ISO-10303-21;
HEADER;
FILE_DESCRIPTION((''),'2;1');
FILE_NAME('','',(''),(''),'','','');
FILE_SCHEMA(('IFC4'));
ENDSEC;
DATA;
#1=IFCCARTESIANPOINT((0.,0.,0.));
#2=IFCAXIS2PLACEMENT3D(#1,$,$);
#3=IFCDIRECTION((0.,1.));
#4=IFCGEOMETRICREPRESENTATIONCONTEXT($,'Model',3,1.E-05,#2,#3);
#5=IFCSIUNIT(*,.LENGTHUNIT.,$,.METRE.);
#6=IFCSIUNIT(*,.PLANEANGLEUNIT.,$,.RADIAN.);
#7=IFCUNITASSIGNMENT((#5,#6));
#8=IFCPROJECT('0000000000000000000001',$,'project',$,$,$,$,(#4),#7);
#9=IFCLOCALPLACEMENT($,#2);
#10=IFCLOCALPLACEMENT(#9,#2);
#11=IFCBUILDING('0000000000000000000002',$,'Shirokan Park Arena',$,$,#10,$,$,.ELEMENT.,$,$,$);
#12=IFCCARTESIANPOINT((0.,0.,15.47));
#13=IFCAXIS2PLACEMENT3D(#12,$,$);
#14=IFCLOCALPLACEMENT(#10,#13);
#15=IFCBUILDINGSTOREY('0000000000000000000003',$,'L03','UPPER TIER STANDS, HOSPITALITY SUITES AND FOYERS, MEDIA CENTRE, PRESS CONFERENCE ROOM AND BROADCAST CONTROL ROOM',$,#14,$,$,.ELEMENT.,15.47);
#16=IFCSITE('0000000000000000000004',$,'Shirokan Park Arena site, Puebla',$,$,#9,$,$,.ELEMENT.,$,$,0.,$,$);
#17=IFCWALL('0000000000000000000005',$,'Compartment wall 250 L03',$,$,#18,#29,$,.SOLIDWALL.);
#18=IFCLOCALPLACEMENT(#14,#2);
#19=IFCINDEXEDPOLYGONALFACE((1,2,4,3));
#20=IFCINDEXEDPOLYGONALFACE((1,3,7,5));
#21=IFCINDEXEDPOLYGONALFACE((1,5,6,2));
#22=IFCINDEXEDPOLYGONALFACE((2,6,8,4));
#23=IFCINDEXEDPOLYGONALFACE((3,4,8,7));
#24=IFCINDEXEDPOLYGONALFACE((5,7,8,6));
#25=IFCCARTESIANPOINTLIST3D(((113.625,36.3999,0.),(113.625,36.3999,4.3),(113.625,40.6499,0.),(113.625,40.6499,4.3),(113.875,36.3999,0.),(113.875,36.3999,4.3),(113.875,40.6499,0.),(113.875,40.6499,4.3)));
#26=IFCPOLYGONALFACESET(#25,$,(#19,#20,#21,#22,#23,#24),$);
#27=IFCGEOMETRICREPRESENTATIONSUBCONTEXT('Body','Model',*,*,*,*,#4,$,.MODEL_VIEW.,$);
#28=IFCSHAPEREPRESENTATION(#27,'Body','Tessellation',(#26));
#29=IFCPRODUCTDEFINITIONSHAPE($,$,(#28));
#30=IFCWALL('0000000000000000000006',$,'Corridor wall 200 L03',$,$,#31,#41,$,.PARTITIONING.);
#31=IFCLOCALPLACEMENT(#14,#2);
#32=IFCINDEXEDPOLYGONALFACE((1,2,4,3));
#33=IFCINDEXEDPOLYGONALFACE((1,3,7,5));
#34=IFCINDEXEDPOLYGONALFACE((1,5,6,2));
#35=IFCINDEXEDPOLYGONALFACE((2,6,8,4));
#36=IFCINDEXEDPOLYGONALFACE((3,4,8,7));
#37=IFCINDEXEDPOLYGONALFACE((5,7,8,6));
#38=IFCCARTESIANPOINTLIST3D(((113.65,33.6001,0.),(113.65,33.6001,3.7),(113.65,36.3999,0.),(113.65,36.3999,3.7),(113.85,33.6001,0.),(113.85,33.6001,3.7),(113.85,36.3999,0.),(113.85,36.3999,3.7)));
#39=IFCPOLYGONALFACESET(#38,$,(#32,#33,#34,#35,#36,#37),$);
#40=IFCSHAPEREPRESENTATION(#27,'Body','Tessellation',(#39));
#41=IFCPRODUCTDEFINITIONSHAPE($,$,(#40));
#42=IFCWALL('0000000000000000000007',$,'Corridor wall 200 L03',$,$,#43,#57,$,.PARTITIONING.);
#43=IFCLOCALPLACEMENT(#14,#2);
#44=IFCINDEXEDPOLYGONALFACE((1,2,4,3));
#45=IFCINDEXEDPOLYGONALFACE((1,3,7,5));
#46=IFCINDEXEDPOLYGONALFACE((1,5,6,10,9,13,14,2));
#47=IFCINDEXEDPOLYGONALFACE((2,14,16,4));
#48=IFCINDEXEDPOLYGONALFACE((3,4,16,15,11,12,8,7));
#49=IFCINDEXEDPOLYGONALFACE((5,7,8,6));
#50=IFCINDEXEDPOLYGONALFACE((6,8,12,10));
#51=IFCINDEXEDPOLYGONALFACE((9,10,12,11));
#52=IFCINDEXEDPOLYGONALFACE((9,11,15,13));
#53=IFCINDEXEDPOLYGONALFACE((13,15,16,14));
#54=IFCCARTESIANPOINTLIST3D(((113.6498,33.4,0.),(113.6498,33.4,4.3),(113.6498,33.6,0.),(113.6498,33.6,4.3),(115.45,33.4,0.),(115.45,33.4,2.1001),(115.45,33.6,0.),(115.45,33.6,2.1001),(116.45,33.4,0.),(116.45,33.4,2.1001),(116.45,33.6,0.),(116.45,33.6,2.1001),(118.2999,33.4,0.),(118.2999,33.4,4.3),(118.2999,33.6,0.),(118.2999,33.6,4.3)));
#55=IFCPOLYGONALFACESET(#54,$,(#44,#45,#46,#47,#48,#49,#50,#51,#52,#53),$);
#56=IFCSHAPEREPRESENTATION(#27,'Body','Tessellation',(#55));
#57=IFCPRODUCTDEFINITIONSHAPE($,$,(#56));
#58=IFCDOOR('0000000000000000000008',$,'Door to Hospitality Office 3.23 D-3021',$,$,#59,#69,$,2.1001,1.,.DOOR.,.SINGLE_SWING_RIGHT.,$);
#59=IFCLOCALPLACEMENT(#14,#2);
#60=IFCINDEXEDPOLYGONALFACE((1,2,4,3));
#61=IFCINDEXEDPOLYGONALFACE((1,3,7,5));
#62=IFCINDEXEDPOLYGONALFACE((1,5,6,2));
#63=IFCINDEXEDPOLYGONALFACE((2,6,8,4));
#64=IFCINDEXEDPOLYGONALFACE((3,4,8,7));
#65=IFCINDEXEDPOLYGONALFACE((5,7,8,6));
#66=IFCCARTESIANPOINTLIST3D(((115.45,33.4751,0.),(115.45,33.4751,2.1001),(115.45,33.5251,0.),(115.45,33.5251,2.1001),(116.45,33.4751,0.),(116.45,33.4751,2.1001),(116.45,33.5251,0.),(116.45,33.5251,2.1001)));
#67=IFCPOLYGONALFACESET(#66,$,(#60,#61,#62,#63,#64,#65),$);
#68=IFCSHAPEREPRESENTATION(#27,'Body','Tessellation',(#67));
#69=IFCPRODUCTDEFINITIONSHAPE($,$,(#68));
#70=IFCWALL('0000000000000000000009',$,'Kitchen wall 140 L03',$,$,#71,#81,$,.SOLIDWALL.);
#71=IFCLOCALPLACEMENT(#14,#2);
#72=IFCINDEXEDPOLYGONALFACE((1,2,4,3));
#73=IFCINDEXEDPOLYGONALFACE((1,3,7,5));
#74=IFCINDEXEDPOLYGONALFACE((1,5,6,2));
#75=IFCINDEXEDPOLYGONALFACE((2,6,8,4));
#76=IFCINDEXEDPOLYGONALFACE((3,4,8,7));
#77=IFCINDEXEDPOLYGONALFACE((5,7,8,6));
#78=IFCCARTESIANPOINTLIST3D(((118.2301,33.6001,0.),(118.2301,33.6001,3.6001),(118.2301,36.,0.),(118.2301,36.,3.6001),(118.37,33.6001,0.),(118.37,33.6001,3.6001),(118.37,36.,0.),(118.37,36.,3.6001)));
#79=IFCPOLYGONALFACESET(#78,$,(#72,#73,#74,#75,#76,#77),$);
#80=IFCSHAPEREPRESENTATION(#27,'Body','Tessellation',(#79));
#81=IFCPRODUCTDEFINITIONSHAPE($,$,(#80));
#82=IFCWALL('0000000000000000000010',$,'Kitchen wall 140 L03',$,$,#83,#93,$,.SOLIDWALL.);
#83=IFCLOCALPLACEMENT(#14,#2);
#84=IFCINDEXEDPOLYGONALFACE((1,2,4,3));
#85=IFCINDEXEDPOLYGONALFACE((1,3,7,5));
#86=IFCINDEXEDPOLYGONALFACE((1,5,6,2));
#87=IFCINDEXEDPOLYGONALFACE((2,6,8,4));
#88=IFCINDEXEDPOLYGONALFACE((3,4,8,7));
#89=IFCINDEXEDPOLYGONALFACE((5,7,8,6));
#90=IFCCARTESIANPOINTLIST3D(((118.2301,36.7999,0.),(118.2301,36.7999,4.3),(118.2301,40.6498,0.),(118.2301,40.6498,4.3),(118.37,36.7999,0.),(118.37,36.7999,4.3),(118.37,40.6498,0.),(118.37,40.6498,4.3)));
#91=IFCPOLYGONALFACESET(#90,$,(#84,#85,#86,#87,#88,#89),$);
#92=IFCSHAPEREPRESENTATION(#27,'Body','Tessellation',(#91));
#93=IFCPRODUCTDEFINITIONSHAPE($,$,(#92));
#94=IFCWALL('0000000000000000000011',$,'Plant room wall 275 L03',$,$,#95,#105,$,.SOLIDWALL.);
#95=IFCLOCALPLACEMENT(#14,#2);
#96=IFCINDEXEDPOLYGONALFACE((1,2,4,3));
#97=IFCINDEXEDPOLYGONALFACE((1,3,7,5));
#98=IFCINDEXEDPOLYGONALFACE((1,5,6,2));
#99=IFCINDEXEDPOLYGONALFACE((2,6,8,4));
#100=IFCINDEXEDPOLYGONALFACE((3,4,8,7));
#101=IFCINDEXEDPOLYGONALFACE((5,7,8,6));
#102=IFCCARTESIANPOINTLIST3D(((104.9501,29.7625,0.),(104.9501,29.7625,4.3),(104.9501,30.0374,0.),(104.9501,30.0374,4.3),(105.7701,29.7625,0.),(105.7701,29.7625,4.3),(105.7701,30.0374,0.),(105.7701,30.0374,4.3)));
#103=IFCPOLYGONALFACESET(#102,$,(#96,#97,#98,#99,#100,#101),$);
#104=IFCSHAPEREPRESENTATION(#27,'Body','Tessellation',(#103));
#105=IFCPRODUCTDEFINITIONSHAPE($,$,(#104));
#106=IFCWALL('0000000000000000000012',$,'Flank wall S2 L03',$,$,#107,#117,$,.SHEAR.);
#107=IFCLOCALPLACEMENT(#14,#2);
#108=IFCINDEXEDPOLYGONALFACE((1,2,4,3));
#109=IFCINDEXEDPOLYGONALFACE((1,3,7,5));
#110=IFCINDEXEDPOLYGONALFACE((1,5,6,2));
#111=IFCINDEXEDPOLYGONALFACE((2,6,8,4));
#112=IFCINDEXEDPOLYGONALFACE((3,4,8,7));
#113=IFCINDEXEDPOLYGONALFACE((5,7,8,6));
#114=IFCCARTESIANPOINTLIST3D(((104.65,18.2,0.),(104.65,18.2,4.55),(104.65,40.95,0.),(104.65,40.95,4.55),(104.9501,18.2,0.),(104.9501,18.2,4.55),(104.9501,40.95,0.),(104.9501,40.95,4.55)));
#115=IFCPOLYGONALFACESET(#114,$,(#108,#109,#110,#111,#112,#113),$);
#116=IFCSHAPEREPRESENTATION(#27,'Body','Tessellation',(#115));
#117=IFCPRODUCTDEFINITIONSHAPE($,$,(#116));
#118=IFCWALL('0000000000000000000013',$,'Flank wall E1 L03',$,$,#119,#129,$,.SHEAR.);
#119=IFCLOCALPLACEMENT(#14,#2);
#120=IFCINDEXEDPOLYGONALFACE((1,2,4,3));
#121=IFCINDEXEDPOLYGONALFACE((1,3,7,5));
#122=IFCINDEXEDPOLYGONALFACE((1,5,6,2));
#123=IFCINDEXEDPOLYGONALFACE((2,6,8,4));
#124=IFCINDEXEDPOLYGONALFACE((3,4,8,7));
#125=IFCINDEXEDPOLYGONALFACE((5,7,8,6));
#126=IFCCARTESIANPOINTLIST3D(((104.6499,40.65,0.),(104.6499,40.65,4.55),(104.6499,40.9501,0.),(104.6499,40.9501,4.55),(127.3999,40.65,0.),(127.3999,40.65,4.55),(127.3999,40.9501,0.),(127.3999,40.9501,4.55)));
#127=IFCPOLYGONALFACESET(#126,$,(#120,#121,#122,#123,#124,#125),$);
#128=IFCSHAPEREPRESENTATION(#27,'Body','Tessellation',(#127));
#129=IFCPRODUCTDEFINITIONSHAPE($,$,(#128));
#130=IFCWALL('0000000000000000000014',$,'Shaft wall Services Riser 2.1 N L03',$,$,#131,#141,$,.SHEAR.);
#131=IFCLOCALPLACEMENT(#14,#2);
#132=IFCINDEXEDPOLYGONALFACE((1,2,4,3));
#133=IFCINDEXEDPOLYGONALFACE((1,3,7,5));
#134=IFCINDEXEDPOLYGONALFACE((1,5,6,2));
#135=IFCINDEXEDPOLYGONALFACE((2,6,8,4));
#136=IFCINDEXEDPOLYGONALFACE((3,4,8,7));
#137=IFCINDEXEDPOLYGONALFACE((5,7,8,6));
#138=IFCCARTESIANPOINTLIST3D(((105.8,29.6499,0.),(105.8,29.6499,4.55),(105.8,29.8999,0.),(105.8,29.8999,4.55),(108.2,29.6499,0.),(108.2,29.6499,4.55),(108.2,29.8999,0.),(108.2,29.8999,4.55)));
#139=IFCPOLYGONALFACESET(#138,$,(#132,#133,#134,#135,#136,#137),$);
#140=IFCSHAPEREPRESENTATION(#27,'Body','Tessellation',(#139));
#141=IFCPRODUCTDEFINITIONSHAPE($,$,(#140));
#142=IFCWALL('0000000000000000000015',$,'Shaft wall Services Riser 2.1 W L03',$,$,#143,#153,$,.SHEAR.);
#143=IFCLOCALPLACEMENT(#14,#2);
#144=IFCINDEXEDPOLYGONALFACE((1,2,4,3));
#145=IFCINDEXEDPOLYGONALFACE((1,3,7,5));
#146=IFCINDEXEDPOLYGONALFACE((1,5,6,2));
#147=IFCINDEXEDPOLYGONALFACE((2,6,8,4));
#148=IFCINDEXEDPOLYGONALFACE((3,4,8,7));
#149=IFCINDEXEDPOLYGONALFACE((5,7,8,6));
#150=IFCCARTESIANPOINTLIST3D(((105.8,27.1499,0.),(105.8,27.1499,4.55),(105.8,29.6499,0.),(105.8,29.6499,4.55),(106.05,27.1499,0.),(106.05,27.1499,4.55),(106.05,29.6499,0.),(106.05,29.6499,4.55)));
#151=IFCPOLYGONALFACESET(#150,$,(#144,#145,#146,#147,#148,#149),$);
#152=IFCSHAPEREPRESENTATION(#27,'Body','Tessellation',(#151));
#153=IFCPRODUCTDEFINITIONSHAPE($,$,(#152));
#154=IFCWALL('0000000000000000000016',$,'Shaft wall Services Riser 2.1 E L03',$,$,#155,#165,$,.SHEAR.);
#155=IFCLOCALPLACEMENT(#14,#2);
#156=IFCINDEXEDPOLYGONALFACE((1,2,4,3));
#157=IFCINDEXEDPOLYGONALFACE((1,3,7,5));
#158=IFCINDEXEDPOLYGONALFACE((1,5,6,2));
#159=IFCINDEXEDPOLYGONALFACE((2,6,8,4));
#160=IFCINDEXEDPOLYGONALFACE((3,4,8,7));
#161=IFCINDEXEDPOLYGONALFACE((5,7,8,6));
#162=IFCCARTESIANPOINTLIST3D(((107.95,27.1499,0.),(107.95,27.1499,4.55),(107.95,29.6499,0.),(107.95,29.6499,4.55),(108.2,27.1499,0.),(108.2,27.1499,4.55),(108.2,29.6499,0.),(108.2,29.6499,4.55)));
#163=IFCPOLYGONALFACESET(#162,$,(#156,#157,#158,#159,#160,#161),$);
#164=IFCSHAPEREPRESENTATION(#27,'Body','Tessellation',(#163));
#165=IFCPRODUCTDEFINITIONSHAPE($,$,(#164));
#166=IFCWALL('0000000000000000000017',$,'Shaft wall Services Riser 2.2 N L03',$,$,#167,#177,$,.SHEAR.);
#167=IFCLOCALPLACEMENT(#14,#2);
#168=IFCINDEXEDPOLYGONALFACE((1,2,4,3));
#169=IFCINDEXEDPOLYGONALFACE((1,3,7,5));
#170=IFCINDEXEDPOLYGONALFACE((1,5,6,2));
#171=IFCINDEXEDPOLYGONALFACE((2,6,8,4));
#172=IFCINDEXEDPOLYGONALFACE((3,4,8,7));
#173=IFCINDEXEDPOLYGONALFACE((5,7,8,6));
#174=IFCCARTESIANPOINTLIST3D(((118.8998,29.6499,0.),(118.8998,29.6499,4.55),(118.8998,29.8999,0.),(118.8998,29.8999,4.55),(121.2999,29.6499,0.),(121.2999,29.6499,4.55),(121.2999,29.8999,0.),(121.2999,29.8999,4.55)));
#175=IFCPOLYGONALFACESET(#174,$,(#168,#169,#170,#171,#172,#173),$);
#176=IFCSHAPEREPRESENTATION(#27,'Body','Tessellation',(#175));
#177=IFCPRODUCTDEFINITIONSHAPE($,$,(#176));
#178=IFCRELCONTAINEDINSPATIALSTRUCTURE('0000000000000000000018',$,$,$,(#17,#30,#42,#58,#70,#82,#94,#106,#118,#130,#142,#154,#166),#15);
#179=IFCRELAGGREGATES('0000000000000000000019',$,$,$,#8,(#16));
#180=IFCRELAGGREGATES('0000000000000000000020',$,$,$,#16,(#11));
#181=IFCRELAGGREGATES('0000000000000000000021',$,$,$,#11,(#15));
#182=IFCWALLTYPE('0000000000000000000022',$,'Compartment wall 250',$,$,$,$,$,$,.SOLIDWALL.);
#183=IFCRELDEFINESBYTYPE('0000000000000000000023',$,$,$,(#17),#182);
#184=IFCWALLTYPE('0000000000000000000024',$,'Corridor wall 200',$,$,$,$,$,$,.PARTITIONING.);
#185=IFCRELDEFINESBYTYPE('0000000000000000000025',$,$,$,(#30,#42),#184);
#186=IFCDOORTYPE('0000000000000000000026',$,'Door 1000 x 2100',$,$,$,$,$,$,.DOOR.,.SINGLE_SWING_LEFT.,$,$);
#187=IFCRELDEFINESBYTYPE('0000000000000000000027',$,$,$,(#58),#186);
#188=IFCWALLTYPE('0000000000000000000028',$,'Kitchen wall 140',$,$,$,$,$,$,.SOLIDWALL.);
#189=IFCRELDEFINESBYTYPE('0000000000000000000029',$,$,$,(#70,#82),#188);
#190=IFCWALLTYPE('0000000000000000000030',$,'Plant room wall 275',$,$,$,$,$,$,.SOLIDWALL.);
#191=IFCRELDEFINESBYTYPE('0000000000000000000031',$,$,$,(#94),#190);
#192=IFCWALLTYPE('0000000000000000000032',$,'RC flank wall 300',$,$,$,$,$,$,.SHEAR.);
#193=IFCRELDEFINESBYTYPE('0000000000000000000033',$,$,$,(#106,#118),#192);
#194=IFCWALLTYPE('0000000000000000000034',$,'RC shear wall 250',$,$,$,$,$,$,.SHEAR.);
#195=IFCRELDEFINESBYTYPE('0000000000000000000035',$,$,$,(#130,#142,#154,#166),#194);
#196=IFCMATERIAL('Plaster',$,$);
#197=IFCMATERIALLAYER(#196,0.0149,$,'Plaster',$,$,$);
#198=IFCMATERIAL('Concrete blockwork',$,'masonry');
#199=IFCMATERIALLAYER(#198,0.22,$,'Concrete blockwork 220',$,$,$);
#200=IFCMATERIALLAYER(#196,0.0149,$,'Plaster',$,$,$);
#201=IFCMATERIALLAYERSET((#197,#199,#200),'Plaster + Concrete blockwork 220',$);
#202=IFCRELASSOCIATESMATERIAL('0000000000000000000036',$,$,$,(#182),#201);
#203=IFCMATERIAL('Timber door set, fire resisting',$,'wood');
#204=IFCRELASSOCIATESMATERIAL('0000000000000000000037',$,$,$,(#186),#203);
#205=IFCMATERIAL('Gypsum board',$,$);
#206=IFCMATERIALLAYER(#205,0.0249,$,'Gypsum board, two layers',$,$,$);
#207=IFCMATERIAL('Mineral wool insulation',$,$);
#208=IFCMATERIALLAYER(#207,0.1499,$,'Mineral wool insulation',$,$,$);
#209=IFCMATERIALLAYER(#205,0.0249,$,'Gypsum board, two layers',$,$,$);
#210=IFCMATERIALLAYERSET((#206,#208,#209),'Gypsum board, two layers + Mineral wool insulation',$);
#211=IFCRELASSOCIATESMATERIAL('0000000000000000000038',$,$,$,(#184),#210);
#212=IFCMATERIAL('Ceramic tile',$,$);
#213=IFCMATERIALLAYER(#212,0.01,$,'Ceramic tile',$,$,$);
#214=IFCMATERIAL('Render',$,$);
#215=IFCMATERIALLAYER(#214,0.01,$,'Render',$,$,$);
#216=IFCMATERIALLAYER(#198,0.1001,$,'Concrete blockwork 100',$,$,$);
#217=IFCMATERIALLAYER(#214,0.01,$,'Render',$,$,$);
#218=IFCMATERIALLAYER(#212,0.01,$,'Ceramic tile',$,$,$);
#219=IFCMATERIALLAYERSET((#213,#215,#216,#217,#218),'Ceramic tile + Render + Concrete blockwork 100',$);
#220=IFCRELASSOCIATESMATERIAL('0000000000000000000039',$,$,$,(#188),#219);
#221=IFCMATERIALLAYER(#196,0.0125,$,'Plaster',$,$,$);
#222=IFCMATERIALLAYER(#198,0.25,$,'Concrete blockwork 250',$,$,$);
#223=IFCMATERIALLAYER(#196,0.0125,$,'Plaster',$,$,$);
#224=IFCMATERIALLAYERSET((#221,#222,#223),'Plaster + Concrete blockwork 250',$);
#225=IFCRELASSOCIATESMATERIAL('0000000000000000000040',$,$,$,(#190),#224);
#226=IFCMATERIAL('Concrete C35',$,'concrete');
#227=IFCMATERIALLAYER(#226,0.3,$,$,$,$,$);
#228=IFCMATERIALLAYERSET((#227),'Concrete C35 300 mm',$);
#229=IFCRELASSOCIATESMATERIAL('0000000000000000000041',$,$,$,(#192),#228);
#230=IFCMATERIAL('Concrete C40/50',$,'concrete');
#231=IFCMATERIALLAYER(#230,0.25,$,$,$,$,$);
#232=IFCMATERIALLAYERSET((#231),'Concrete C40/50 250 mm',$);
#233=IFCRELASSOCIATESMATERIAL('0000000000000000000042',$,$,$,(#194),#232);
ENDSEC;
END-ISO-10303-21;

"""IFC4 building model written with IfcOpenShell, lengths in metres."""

from ifc_helpers import new_model, si_unit, direction, frame, frame_2d, origin, place, context, subcontext, project, spatial, rectangle, extrude, material, layer, layer_set, type_object, element, fill, save


model = new_model("IFC4")

# Units and contexts
model_context = context("Model", 3, precision=1e-05, world=origin(), true_north=direction((0.0, 1.0)))
body_context = subcontext(model_context, "Body", "Model", "MODEL_VIEW")
ifc_project = project(units=[si_unit("LENGTHUNIT", "METRE"), si_unit("PLANEANGLEUNIT", "RADIAN")], contexts=[model_context])

# Site, building, storey
site_placement = place(None, origin())
site = spatial("IfcSite", under=ifc_project, at=site_placement, Name="Shirokan Park Arena site, Puebla", CompositionType="ELEMENT", RefElevation=0.0)
building_placement = place(site_placement, origin())
building = spatial("IfcBuilding", under=site, at=building_placement, Name="Shirokan Park Arena", CompositionType="ELEMENT")
storey_placement = place(building_placement, frame((0.0, 0.0, 15.47)))
storey = spatial("IfcBuildingStorey", under=building, at=storey_placement, Name="L03", Description="UPPER TIER STANDS, HOSPITALITY SUITES AND FOYERS, MEDIA CENTRE, PRESS CONFERENCE ROOM AND BROADCAST CONTROL ROOM", CompositionType="ELEMENT", Elevation=15.47)

# Shared definitions
ifc_material_1 = material(Name="Concrete C35", Category="concrete")

# Shared definitions
ifc_material_2 = material(Name="Plaster")
ifc_layer_1 = layer(ifc_material_2, 0.0149, Name="Plaster")
ifc_material_3 = material(Name="Concrete blockwork", Category="masonry")
ifc_layer_2 = layer(ifc_material_3, 0.22, Name="Concrete blockwork 220")
ifc_layer_3 = layer(ifc_material_2, 0.0149, Name="Plaster")
ifc_layer_set_1 = layer_set([ifc_layer_1, ifc_layer_2, ifc_layer_3], Name="Plaster + Concrete blockwork 220")
wall_type_1 = type_object("IfcWallType", Name="Compartment wall 250", PredefinedType="SOLIDWALL", material=ifc_layer_set_1)

# Shared definitions
ifc_material_4 = material(Name="Timber door set, fire resisting", Category="wood")
door_type_1 = type_object("IfcDoorType", Name="Door 1000 x 2100", OperationType="SINGLE_SWING_LEFT", PredefinedType="DOOR", material=ifc_material_4)

# Walls
wall_1_placement = place(storey_placement, frame((113.75, 36.3999, 0.0), z_axis=(0.0, 0.0, 1.0), x_axis=(0.0, 1.0, 0.0)))
element("IfcWall", 1, at=wall_1_placement, inside=storey, type_object=wall_type_1, Name="Compartment wall 250 L03", PredefinedType="SOLIDWALL", context=body_context, shape_type="SweptSolid", body=[
    extrude(rectangle(XDim=4.25, YDim=0.25, at=frame_2d((2.125, 0.0))), origin(), (0.0, 0.0, 1.0), 4.3),
])
ifc_material_5 = material(Name="Gypsum board")
ifc_layer_4 = layer(ifc_material_5, 0.0249, Name="Gypsum board, two layers")
ifc_material_6 = material(Name="Mineral wool insulation")
ifc_layer_5 = layer(ifc_material_6, 0.1499, Name="Mineral wool insulation")
ifc_layer_6 = layer(ifc_material_5, 0.0249, Name="Gypsum board, two layers")
ifc_layer_set_2 = layer_set([ifc_layer_4, ifc_layer_5, ifc_layer_6], Name="Gypsum board, two layers + Mineral wool insulation")
wall_type_2 = type_object("IfcWallType", Name="Corridor wall 200", PredefinedType="PARTITIONING", material=ifc_layer_set_2)
wall_2_placement = place(storey_placement, frame((113.75, 33.6001, 0.0), z_axis=(0.0, 0.0, 1.0), x_axis=(0.0, 1.0, 0.0)))
element("IfcWall", 2, at=wall_2_placement, inside=storey, type_object=wall_type_2, Name="Corridor wall 200 L03", PredefinedType="PARTITIONING", context=body_context, shape_type="SweptSolid", body=[
    extrude(rectangle(XDim=2.7998, YDim=0.2, at=frame_2d((1.3999, 0.0))), origin(), (0.0, 0.0, 1.0), 3.7),
])

# Wall, opening, door
wall_3_placement = place(storey_placement, frame((118.3, 33.5, 0.0), z_axis=(0.0, 0.0, 1.0), x_axis=(-1.0, 0.0, 0.0)))
wall_3 = element("IfcWall", 3, at=wall_3_placement, inside=storey, type_object=wall_type_2, Name="Corridor wall 200 L03", PredefinedType="PARTITIONING", context=body_context, shape_type="SweptSolid", body=[
    extrude(rectangle(XDim=4.6501, YDim=0.2, at=frame_2d((2.3252, 0.0))), origin(), (0.0, 0.0, 1.0), 4.3),
])
opening_1_placement = place(wall_3_placement, frame((1.8501, 0.0, 0.0)))
opening_1 = element("IfcOpeningElement", 4, at=opening_1_placement, cuts=wall_3, PredefinedType="OPENING", context=body_context, shape_type="SweptSolid", body=[
    extrude(rectangle(XDim=1.0, YDim=2.1001, at=frame_2d((0.5, 1.05))), frame((0.0, 0.1099, 0.0), z_axis=(0.0, -1.0, 0.0), x_axis=(1.0, 0.0, 0.0)), (0.0, 0.0, 1.0), 0.22),
])
door_1_placement = place(opening_1_placement, origin())
door_1 = element("IfcDoor", 5, at=door_1_placement, inside=storey, type_object=door_type_1, Name="Door to Hospitality Office 3.23 D-3021", OperationType="SINGLE_SWING_RIGHT", OverallHeight=2.1001, OverallWidth=1.0, PredefinedType="DOOR", context=body_context, shape_type="SweptSolid", body=[
    extrude(rectangle(XDim=1.0, YDim=2.1001, at=frame_2d((0.5, 1.05))), frame((0.0, 0.0249, 0.0), z_axis=(0.0, -1.0, 0.0), x_axis=(1.0, 0.0, 0.0)), (0.0, 0.0, 1.0), 0.05),
])
fill(opening_1, door_1)

# Walls
ifc_material_7 = material(Name="Ceramic tile")
ifc_layer_7 = layer(ifc_material_7, 0.01, Name="Ceramic tile")
ifc_material_8 = material(Name="Render")
ifc_layer_8 = layer(ifc_material_8, 0.01, Name="Render")
ifc_layer_9 = layer(ifc_material_3, 0.1001, Name="Concrete blockwork 100")
ifc_layer_10 = layer(ifc_material_8, 0.01, Name="Render")
ifc_layer_11 = layer(ifc_material_7, 0.01, Name="Ceramic tile")
ifc_layer_set_3 = layer_set([ifc_layer_7, ifc_layer_8, ifc_layer_9, ifc_layer_10, ifc_layer_11], Name="Ceramic tile + Render + Concrete blockwork 100")
wall_type_3 = type_object("IfcWallType", Name="Kitchen wall 140", PredefinedType="SOLIDWALL", material=ifc_layer_set_3)
wall_4_placement = place(storey_placement, frame((118.3, 33.6001, 0.0), z_axis=(0.0, 0.0, 1.0), x_axis=(0.0, 1.0, 0.0)))
element("IfcWall", 6, at=wall_4_placement, inside=storey, type_object=wall_type_3, Name="Kitchen wall 140 L03", PredefinedType="SOLIDWALL", context=body_context, shape_type="SweptSolid", body=[
    extrude(rectangle(XDim=2.3999, YDim=0.1399, at=frame_2d((1.2, 0.0))), origin(), (0.0, 0.0, 1.0), 3.6001),
])
wall_5_placement = place(storey_placement, frame((118.3, 36.8, 0.0), z_axis=(0.0, 0.0, 1.0), x_axis=(0.0, 1.0, 0.0)))
element("IfcWall", 7, at=wall_5_placement, inside=storey, type_object=wall_type_3, Name="Kitchen wall 140 L03", PredefinedType="SOLIDWALL", context=body_context, shape_type="SweptSolid", body=[
    extrude(rectangle(XDim=3.8499, YDim=0.1399, at=frame_2d((1.9248, 0.0))), origin(), (0.0, 0.0, 1.0), 4.3),
])
ifc_layer_12 = layer(ifc_material_2, 0.0125, Name="Plaster")
ifc_layer_13 = layer(ifc_material_3, 0.25, Name="Concrete blockwork 250")
ifc_layer_14 = layer(ifc_material_2, 0.0125, Name="Plaster")
ifc_layer_set_4 = layer_set([ifc_layer_12, ifc_layer_13, ifc_layer_14], Name="Plaster + Concrete blockwork 250")
wall_type_4 = type_object("IfcWallType", Name="Plant room wall 275", PredefinedType="SOLIDWALL", material=ifc_layer_set_4)
wall_6_placement = place(storey_placement, frame((104.95, 29.8999, 0.0), z_axis=(0.0, 0.0, 1.0), x_axis=(1.0, 0.0, 0.0)))
element("IfcWall", 8, at=wall_6_placement, inside=storey, type_object=wall_type_4, Name="Plant room wall 275 L03", PredefinedType="SOLIDWALL", context=body_context, shape_type="SweptSolid", body=[
    extrude(rectangle(XDim=0.8201, YDim=0.2749, at=frame_2d((0.4102, 0.0))), origin(), (0.0, 0.0, 1.0), 4.3),
])
ifc_layer_15 = layer(ifc_material_1, 0.3)
ifc_layer_set_5 = layer_set([ifc_layer_15], Name="Concrete C35 300 mm")
wall_type_5 = type_object("IfcWallType", Name="RC flank wall 300", PredefinedType="SHEAR", material=ifc_layer_set_5)
for number, where, z_axis, x_axis, name in (
    (9, (104.8, 40.95, 0.0), (0.0, 0.0, 1.0), (0.0, -1.0, 0.0), "Flank wall S2 L03"),
    (10, (104.6499, 40.8, 0.0), (0.0, 0.0, 1.0), (1.0, 0.0, 0.0), "Flank wall E1 L03"),
):
    element("IfcWall", number, at=place(storey_placement, frame(where, z_axis=z_axis, x_axis=x_axis)), inside=storey, type_object=wall_type_5, Name=name, PredefinedType="SHEAR", context=body_context, shape_type="SweptSolid", body=[
        extrude(rectangle(XDim=22.75, YDim=0.3, at=frame_2d((11.375, 0.0))), origin(), (0.0, 0.0, 1.0), 4.55),
    ])
ifc_material_9 = material(Name="Concrete C40/50", Category="concrete")
ifc_layer_16 = layer(ifc_material_9, 0.25)
ifc_layer_set_6 = layer_set([ifc_layer_16], Name="Concrete C40/50 250 mm")
wall_type_6 = type_object("IfcWallType", Name="RC shear wall 250", PredefinedType="SHEAR", material=ifc_layer_set_6)
wall_7_placement = place(storey_placement, frame((108.2, 29.7749, 0.0), z_axis=(0.0, 0.0, 1.0), x_axis=(-1.0, 0.0, 0.0)))
element("IfcWall", 11, at=wall_7_placement, inside=storey, type_object=wall_type_6, Name="Shaft wall Services Riser 2.1 N L03", PredefinedType="SHEAR", context=body_context, shape_type="SweptSolid", body=[
    extrude(rectangle(XDim=2.3999, YDim=0.25, at=frame_2d((1.2, 0.0))), origin(), (0.0, 0.0, 1.0), 4.55),
])
for number, where, z_axis, x_axis, name in (
    (12, (105.925, 29.6499, 0.0), (0.0, 0.0, 1.0), (0.0, -1.0, 0.0), "Shaft wall Services Riser 2.1 W L03"),
    (13, (108.075, 29.6499, 0.0), (0.0, 0.0, 1.0), (0.0, -1.0, 0.0), "Shaft wall Services Riser 2.1 E L03"),
):
    element("IfcWall", number, at=place(storey_placement, frame(where, z_axis=z_axis, x_axis=x_axis)), inside=storey, type_object=wall_type_6, Name=name, PredefinedType="SHEAR", context=body_context, shape_type="SweptSolid", body=[
        extrude(rectangle(XDim=2.5, YDim=0.25, at=frame_2d((1.25, 0.0))), origin(), (0.0, 0.0, 1.0), 4.55),
    ])
wall_8_placement = place(storey_placement, frame((121.3, 29.7749, 0.0), z_axis=(0.0, 0.0, 1.0), x_axis=(-1.0, 0.0, 0.0)))
element("IfcWall", 14, at=wall_8_placement, inside=storey, type_object=wall_type_6, Name="Shaft wall Services Riser 2.2 N L03", PredefinedType="SHEAR", context=body_context, shape_type="SweptSolid", body=[
    extrude(rectangle(XDim=2.4001, YDim=0.25, at=frame_2d((1.2002, 0.0))), origin(), (0.0, 0.0, 1.0), 4.55),
])

save(model, "model.ifc")
